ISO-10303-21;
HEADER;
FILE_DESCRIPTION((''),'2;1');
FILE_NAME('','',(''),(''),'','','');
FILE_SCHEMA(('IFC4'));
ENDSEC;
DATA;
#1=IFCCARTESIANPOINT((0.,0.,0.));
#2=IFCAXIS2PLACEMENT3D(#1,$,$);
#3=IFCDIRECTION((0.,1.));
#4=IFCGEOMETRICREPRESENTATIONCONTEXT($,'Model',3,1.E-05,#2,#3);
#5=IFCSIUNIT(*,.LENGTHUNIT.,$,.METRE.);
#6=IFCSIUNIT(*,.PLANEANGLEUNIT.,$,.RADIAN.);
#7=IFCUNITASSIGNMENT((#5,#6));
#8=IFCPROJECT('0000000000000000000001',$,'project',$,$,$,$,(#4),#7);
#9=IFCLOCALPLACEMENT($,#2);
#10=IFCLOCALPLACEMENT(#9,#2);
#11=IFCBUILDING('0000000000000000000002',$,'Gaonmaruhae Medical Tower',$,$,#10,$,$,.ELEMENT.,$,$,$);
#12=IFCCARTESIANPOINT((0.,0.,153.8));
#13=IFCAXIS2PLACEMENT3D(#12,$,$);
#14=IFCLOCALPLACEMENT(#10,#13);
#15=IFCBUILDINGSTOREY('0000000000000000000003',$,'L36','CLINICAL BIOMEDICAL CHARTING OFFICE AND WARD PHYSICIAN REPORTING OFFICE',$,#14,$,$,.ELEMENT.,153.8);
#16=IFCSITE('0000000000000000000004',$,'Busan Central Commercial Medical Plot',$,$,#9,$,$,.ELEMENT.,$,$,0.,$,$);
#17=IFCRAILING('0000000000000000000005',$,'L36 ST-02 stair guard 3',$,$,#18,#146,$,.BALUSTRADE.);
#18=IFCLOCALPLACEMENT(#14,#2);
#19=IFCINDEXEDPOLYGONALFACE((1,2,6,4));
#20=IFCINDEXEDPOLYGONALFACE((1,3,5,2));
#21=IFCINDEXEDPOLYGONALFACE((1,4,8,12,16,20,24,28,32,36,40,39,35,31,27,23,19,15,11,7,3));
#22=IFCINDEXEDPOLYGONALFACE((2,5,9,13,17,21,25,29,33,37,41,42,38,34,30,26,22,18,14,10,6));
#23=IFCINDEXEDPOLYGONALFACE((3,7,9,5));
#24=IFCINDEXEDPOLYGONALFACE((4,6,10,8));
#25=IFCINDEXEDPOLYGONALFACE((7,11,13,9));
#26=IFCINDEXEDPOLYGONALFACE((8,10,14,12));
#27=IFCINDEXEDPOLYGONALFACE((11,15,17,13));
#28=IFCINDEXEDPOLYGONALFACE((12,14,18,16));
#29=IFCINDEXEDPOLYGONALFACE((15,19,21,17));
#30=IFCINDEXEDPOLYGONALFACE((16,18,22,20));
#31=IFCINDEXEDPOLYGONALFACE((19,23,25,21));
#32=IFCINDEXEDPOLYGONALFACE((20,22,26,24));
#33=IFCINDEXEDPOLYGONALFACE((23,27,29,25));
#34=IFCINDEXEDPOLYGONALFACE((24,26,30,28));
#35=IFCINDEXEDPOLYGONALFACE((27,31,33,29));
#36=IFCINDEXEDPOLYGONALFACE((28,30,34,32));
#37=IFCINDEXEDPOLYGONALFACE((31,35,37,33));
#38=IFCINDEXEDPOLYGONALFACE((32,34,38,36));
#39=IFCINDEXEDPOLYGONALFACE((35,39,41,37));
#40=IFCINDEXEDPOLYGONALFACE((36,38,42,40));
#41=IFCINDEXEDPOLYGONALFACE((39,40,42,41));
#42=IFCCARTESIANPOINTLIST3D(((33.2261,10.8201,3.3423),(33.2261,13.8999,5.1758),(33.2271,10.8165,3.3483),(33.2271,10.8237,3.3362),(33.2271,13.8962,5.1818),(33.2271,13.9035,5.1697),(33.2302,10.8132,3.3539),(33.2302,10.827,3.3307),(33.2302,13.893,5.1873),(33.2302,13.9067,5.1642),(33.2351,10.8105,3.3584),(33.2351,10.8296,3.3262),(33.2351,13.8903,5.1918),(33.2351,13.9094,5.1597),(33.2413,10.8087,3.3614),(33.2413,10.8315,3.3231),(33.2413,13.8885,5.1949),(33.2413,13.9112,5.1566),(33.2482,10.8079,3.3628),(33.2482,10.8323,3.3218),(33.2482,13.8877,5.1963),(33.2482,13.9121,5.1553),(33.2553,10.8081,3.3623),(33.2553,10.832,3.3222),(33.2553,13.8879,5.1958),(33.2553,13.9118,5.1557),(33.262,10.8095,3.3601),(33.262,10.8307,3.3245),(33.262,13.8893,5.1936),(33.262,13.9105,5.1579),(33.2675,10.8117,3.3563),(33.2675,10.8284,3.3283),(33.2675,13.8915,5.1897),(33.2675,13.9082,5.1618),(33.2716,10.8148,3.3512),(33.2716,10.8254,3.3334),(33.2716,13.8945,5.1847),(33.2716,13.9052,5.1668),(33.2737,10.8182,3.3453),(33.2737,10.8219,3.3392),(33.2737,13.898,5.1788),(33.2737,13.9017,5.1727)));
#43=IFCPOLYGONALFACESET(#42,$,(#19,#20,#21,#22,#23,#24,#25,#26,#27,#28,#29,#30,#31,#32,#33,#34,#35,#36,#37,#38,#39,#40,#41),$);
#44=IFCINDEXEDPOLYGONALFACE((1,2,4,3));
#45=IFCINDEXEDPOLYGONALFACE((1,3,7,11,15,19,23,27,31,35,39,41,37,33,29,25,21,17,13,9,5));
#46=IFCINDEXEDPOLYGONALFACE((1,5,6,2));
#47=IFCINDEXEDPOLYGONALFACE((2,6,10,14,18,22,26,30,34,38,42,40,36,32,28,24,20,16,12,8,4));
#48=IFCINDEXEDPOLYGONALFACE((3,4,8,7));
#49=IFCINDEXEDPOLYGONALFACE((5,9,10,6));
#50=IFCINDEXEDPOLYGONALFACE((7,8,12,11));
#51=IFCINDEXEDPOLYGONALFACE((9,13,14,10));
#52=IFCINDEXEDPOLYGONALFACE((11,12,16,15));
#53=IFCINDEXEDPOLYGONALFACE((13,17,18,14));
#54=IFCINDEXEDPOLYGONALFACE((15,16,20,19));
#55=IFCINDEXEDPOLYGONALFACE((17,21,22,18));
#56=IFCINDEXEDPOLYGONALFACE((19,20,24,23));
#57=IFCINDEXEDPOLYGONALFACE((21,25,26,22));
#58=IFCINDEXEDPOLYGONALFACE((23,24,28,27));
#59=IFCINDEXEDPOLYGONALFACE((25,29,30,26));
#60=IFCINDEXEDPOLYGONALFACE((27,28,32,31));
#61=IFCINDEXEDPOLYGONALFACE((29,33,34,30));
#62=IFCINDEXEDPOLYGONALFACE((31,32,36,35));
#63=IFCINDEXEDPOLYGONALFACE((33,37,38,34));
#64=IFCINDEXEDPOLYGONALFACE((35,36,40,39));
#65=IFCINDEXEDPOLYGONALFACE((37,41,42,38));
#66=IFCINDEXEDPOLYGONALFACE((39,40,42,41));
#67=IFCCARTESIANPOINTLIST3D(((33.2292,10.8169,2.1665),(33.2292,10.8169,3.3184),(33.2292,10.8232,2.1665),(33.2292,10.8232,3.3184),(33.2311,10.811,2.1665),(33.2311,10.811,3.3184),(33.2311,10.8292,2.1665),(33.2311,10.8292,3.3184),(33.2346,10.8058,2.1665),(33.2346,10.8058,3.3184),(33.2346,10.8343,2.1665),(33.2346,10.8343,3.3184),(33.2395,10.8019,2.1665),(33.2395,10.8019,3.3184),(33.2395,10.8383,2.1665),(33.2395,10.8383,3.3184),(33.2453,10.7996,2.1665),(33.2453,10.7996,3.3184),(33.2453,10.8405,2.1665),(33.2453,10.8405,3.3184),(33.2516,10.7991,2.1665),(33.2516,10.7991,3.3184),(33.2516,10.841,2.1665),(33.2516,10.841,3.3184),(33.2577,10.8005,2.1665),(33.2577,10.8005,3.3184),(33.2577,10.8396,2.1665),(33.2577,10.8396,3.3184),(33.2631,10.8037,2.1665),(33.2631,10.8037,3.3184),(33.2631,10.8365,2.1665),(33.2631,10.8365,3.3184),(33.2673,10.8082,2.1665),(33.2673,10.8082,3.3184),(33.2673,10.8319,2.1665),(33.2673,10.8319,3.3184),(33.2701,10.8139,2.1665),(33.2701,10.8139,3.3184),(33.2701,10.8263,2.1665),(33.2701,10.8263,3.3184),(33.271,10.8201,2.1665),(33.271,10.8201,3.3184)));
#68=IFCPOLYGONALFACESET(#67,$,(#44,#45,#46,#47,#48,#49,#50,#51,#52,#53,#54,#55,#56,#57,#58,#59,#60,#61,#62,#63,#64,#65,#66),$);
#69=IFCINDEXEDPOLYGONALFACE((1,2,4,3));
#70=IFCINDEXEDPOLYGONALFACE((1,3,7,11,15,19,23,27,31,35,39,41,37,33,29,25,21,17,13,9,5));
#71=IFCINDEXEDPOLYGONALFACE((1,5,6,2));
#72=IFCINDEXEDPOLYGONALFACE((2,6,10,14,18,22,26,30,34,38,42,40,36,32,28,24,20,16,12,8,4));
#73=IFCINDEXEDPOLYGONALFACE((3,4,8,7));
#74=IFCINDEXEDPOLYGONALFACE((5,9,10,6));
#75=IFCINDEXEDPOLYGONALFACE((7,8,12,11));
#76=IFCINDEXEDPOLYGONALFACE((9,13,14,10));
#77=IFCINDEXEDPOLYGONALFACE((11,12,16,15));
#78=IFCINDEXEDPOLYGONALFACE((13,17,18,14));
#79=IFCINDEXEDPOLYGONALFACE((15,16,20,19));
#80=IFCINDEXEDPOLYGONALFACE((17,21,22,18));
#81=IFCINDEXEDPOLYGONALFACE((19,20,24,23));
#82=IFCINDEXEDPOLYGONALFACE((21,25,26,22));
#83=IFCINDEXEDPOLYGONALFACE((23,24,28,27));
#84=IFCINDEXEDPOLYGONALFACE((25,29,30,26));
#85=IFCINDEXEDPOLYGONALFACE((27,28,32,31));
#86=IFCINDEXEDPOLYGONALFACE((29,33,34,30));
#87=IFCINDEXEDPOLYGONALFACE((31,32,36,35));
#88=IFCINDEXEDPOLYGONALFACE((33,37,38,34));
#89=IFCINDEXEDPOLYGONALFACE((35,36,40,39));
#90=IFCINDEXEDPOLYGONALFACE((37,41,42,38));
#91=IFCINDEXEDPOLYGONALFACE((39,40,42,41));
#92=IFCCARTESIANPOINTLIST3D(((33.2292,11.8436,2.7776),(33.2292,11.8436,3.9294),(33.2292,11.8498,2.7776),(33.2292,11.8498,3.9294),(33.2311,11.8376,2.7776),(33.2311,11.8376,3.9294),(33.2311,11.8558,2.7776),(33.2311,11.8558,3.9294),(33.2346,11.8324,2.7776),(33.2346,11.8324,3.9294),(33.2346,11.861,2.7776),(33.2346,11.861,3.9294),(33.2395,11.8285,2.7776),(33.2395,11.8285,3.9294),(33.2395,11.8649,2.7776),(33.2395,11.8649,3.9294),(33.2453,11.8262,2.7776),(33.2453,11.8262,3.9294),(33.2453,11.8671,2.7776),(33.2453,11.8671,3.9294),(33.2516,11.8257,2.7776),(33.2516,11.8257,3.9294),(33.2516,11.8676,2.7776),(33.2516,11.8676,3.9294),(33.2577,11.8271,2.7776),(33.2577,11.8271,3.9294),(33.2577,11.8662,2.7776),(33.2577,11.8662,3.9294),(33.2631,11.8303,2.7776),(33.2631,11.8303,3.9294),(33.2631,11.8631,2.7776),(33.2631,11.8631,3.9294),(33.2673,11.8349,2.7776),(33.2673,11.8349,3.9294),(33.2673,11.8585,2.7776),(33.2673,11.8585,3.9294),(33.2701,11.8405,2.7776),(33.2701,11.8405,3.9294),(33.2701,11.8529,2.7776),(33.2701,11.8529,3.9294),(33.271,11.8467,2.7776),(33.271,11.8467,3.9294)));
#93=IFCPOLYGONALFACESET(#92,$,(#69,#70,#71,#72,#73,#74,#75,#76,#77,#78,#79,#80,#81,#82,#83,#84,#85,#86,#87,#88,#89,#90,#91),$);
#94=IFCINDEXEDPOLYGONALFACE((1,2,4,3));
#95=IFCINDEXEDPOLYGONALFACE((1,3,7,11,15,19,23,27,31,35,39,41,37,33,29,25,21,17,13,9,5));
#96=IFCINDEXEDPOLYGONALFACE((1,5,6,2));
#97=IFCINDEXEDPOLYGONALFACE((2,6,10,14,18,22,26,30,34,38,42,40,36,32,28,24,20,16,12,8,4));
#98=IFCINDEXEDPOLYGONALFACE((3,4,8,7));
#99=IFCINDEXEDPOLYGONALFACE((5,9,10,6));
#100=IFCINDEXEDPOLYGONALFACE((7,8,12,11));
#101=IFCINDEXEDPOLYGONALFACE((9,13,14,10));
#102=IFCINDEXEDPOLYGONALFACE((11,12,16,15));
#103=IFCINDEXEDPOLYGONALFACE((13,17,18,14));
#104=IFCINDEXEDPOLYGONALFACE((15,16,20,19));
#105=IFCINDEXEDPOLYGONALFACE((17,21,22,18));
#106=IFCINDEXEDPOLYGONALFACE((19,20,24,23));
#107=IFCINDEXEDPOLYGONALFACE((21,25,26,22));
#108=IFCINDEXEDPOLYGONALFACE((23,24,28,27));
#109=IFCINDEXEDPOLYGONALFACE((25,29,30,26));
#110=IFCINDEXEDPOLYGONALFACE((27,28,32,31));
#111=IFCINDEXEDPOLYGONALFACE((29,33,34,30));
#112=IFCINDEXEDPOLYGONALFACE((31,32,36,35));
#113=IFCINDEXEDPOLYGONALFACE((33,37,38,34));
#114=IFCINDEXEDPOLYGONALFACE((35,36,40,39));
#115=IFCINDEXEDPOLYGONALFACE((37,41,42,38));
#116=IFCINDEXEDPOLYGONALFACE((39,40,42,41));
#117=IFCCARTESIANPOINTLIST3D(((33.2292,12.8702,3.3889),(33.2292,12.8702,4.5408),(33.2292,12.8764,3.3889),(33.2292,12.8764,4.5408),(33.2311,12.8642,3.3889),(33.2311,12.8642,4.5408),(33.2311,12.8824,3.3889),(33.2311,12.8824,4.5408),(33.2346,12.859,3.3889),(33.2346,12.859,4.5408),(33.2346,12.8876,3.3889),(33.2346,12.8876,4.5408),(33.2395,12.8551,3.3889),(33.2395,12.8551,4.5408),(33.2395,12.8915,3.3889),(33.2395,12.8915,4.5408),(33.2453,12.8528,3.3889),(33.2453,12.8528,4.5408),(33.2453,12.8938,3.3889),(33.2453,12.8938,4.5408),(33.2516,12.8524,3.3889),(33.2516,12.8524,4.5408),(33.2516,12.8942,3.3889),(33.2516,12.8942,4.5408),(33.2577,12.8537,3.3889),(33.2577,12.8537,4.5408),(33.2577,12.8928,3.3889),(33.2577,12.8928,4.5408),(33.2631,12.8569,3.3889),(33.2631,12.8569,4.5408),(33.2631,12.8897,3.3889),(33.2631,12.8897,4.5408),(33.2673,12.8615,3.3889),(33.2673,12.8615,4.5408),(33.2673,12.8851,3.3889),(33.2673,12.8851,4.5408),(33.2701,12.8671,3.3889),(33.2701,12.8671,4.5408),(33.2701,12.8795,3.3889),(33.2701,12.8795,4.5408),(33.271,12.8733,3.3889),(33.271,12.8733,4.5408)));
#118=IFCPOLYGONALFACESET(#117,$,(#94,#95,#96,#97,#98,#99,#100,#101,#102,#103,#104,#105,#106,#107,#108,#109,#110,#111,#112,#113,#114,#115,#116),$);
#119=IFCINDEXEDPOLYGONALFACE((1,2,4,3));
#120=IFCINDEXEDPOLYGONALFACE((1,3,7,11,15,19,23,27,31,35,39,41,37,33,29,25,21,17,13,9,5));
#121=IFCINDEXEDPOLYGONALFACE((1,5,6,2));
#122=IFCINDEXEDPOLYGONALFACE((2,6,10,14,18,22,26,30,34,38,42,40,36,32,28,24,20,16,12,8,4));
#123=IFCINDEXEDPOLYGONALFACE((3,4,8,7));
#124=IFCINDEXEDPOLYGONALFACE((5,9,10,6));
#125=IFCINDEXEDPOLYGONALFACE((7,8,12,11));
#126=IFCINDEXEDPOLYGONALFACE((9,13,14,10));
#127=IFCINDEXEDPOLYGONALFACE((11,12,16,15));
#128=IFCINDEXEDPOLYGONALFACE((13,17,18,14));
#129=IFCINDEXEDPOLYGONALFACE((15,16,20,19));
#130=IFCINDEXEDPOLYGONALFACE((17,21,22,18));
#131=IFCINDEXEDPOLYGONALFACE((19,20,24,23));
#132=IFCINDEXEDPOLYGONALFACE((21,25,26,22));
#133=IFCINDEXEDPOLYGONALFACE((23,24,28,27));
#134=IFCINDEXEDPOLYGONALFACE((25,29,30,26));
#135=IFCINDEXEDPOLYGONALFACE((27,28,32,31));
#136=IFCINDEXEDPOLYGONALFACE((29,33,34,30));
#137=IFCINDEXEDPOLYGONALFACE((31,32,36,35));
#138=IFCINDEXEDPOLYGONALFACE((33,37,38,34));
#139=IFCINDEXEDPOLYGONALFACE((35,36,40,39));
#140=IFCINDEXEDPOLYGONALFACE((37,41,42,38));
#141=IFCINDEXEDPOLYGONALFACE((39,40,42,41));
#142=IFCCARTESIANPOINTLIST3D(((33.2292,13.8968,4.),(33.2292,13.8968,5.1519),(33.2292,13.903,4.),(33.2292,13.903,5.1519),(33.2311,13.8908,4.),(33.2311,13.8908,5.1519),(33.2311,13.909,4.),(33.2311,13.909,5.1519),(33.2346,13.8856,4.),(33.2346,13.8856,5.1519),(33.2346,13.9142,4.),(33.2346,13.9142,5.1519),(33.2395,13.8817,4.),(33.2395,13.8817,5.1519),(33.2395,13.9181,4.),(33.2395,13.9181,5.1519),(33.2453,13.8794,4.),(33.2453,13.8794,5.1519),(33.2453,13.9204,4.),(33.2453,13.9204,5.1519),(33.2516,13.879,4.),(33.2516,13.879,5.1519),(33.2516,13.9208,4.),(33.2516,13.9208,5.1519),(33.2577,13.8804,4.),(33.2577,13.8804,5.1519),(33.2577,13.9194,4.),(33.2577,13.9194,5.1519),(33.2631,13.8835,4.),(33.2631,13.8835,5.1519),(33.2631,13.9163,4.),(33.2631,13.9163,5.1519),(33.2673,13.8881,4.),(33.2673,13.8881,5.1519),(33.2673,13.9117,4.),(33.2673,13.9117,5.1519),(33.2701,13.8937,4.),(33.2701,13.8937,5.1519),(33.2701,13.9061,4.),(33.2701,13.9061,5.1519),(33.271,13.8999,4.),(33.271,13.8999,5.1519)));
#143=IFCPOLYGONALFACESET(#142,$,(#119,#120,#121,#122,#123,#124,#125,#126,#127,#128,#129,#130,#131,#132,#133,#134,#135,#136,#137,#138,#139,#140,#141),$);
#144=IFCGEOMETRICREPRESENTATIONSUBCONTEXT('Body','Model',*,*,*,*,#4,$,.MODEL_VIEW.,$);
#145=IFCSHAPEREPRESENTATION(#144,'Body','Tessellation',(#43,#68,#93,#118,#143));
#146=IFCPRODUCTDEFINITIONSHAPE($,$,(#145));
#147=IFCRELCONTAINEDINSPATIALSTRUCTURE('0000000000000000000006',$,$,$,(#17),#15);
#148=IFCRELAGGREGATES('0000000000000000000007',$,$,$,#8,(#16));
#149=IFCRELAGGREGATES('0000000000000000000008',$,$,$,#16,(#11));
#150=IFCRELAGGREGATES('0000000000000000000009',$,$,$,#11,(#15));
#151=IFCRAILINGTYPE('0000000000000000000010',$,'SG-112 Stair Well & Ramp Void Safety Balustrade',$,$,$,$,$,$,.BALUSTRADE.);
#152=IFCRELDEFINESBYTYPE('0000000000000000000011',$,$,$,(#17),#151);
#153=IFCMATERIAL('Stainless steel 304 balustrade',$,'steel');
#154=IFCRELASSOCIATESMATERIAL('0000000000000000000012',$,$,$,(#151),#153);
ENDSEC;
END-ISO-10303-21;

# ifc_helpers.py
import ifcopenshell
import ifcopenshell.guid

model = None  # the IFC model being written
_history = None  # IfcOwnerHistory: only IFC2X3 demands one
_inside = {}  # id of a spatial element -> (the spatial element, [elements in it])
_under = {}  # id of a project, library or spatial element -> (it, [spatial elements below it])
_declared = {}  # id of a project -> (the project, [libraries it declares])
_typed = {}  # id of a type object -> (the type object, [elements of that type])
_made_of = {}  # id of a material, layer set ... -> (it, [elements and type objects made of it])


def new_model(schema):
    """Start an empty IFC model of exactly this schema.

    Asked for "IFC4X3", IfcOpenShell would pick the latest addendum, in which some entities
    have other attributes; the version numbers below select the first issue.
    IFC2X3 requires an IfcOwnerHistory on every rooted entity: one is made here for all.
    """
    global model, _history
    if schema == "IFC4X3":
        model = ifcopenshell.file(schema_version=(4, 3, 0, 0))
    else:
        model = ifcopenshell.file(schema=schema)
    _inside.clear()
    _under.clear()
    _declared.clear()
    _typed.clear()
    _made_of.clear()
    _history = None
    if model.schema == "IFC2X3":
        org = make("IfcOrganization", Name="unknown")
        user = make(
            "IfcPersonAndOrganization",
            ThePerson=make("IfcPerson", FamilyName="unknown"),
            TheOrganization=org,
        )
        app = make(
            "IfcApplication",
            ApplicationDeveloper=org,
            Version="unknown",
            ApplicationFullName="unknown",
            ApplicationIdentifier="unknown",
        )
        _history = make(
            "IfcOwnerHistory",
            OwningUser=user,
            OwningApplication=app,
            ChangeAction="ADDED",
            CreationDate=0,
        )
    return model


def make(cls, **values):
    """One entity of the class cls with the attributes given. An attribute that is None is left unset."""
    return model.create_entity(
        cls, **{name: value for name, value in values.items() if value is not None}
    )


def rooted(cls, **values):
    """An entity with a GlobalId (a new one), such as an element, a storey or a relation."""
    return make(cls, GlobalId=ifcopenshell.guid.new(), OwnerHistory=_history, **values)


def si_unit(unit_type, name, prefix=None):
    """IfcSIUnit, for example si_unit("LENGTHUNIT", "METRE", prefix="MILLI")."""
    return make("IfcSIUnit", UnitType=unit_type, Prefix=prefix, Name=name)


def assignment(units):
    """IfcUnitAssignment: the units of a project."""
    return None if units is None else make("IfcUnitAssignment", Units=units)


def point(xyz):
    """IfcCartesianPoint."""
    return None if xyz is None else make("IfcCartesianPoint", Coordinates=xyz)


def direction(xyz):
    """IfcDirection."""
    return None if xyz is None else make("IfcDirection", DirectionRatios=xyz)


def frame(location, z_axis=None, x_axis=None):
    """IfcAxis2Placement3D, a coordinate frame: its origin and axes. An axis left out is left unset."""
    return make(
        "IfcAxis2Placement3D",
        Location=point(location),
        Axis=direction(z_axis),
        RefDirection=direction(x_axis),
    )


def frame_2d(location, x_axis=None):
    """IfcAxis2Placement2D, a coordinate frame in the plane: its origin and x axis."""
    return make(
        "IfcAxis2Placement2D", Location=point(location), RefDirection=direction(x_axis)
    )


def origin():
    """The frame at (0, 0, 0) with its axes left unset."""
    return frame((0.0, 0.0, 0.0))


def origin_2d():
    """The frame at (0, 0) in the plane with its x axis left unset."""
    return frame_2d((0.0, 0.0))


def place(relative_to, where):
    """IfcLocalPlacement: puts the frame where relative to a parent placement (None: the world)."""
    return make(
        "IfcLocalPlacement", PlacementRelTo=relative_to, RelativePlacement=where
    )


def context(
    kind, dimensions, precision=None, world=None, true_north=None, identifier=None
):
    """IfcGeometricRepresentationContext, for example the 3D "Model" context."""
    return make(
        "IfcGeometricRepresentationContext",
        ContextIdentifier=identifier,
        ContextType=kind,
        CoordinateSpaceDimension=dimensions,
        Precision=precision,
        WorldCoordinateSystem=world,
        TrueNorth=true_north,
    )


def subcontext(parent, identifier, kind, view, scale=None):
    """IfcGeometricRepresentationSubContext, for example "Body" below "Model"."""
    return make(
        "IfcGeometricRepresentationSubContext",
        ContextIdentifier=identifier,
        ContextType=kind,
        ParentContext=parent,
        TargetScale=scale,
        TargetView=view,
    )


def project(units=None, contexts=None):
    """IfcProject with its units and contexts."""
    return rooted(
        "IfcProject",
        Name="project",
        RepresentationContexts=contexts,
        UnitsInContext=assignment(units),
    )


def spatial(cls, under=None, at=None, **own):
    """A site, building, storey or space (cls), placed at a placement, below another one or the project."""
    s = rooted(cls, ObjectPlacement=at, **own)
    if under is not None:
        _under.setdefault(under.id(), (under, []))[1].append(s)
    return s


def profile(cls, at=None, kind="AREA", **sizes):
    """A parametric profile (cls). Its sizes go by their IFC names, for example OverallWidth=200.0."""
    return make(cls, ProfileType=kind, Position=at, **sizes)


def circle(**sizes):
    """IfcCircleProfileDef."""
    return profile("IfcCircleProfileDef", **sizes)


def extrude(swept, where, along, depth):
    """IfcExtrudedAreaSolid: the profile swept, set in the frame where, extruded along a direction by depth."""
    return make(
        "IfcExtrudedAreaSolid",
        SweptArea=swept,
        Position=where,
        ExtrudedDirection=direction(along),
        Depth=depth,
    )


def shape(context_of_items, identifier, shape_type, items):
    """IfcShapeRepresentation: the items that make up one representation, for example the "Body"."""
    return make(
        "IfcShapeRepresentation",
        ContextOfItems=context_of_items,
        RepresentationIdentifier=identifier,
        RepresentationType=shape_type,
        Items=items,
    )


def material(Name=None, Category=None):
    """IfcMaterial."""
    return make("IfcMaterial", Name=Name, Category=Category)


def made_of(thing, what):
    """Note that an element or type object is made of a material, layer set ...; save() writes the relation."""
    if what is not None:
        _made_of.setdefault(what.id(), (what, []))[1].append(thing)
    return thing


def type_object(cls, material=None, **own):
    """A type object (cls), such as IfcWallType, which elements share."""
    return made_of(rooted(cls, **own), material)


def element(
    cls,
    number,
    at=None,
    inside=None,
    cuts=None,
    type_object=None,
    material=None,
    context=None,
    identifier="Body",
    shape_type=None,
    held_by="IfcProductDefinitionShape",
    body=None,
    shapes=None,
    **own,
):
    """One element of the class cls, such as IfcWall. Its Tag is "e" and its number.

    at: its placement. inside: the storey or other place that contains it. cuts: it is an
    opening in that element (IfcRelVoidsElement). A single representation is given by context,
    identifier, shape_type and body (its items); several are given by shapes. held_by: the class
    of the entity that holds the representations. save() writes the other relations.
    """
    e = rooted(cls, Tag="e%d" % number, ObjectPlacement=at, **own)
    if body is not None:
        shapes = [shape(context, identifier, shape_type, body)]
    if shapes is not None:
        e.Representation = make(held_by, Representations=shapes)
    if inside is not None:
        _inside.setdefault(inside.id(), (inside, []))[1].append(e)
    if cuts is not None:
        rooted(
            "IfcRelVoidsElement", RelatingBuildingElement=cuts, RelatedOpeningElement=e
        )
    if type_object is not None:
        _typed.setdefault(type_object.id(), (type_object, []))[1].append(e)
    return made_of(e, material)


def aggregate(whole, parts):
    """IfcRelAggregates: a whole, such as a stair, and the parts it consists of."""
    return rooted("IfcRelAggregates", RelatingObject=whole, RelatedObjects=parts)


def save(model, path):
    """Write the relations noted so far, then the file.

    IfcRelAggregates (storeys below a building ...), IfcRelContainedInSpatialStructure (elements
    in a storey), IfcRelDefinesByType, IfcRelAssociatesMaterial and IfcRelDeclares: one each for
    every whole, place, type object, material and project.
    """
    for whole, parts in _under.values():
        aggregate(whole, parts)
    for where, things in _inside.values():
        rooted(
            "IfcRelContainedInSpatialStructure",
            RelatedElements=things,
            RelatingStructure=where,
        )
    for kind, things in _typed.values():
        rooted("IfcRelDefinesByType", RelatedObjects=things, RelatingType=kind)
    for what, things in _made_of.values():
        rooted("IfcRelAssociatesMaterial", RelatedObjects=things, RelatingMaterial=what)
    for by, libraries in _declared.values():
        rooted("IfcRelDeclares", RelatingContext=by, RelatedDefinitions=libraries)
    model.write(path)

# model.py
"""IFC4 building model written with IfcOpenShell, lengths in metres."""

from ifc_helpers import new_model, si_unit, direction, frame, origin, origin_2d, place, context, subcontext, project, spatial, circle, extrude, material, type_object, element, save


model = new_model("IFC4")

# Units and contexts
model_context = context("Model", 3, precision=1e-05, world=origin(), true_north=direction((0.0, 1.0)))
body_context = subcontext(model_context, "Body", "Model", "MODEL_VIEW")
ifc_project = project(units=[si_unit("LENGTHUNIT", "METRE"), si_unit("PLANEANGLEUNIT", "RADIAN")], contexts=[model_context])

# Site, building, storey
site_placement = place(None, origin())
site = spatial("IfcSite", under=ifc_project, at=site_placement, Name="Busan Central Commercial Medical Plot", CompositionType="ELEMENT", RefElevation=0.0)
building_placement = place(site_placement, origin())
building = spatial("IfcBuilding", under=site, at=building_placement, Name="Gaonmaruhae Medical Tower", CompositionType="ELEMENT")
storey_placement = place(building_placement, frame((0.0, 0.0, 153.8)))
storey = spatial("IfcBuildingStorey", under=building, at=storey_placement, Name="L36", Description="CLINICAL BIOMEDICAL CHARTING OFFICE AND WARD PHYSICIAN REPORTING OFFICE", CompositionType="ELEMENT", Elevation=153.8)

# Railing
ifc_material_1 = material(Name="Stainless steel 304 balustrade", Category="steel")
railing_type_1 = type_object("IfcRailingType", Name="SG-112 Stair Well & Ramp Void Safety Balustrade", PredefinedType="BALUSTRADE", material=ifc_material_1)
railing_1_placement = place(storey_placement, frame((33.25, 10.8201, 2.1665)))
element("IfcRailing", 1, at=railing_1_placement, inside=storey, type_object=railing_type_1, Name="L36 ST-02 stair guard 3", PredefinedType="BALUSTRADE", context=body_context, shape_type="SweptSolid", body=[
    extrude(circle(Radius=0.0239, at=origin_2d()), frame((0.0, 0.0, 1.1758), z_axis=(0.0, 0.859261, 0.511538), x_axis=(-1.0, 0.0, 0.0)), (0.0, 0.0, 1.0), 3.5842),
    extrude(circle(Radius=0.021, at=origin_2d()), origin(), (0.0, 0.0, 1.0), 1.1519),
    extrude(circle(Radius=0.021, at=origin_2d()), frame((0.0, 1.0266, 0.6111)), (0.0, 0.0, 1.0), 1.1519),
    extrude(circle(Radius=0.021, at=origin_2d()), frame((0.0, 2.0532, 1.2224)), (0.0, 0.0, 1.0), 1.1519),
    extrude(circle(Radius=0.021, at=origin_2d()), frame((0.0, 3.0798, 1.8335)), (0.0, 0.0, 1.0), 1.1519),
])

save(model, "model.ifc")
